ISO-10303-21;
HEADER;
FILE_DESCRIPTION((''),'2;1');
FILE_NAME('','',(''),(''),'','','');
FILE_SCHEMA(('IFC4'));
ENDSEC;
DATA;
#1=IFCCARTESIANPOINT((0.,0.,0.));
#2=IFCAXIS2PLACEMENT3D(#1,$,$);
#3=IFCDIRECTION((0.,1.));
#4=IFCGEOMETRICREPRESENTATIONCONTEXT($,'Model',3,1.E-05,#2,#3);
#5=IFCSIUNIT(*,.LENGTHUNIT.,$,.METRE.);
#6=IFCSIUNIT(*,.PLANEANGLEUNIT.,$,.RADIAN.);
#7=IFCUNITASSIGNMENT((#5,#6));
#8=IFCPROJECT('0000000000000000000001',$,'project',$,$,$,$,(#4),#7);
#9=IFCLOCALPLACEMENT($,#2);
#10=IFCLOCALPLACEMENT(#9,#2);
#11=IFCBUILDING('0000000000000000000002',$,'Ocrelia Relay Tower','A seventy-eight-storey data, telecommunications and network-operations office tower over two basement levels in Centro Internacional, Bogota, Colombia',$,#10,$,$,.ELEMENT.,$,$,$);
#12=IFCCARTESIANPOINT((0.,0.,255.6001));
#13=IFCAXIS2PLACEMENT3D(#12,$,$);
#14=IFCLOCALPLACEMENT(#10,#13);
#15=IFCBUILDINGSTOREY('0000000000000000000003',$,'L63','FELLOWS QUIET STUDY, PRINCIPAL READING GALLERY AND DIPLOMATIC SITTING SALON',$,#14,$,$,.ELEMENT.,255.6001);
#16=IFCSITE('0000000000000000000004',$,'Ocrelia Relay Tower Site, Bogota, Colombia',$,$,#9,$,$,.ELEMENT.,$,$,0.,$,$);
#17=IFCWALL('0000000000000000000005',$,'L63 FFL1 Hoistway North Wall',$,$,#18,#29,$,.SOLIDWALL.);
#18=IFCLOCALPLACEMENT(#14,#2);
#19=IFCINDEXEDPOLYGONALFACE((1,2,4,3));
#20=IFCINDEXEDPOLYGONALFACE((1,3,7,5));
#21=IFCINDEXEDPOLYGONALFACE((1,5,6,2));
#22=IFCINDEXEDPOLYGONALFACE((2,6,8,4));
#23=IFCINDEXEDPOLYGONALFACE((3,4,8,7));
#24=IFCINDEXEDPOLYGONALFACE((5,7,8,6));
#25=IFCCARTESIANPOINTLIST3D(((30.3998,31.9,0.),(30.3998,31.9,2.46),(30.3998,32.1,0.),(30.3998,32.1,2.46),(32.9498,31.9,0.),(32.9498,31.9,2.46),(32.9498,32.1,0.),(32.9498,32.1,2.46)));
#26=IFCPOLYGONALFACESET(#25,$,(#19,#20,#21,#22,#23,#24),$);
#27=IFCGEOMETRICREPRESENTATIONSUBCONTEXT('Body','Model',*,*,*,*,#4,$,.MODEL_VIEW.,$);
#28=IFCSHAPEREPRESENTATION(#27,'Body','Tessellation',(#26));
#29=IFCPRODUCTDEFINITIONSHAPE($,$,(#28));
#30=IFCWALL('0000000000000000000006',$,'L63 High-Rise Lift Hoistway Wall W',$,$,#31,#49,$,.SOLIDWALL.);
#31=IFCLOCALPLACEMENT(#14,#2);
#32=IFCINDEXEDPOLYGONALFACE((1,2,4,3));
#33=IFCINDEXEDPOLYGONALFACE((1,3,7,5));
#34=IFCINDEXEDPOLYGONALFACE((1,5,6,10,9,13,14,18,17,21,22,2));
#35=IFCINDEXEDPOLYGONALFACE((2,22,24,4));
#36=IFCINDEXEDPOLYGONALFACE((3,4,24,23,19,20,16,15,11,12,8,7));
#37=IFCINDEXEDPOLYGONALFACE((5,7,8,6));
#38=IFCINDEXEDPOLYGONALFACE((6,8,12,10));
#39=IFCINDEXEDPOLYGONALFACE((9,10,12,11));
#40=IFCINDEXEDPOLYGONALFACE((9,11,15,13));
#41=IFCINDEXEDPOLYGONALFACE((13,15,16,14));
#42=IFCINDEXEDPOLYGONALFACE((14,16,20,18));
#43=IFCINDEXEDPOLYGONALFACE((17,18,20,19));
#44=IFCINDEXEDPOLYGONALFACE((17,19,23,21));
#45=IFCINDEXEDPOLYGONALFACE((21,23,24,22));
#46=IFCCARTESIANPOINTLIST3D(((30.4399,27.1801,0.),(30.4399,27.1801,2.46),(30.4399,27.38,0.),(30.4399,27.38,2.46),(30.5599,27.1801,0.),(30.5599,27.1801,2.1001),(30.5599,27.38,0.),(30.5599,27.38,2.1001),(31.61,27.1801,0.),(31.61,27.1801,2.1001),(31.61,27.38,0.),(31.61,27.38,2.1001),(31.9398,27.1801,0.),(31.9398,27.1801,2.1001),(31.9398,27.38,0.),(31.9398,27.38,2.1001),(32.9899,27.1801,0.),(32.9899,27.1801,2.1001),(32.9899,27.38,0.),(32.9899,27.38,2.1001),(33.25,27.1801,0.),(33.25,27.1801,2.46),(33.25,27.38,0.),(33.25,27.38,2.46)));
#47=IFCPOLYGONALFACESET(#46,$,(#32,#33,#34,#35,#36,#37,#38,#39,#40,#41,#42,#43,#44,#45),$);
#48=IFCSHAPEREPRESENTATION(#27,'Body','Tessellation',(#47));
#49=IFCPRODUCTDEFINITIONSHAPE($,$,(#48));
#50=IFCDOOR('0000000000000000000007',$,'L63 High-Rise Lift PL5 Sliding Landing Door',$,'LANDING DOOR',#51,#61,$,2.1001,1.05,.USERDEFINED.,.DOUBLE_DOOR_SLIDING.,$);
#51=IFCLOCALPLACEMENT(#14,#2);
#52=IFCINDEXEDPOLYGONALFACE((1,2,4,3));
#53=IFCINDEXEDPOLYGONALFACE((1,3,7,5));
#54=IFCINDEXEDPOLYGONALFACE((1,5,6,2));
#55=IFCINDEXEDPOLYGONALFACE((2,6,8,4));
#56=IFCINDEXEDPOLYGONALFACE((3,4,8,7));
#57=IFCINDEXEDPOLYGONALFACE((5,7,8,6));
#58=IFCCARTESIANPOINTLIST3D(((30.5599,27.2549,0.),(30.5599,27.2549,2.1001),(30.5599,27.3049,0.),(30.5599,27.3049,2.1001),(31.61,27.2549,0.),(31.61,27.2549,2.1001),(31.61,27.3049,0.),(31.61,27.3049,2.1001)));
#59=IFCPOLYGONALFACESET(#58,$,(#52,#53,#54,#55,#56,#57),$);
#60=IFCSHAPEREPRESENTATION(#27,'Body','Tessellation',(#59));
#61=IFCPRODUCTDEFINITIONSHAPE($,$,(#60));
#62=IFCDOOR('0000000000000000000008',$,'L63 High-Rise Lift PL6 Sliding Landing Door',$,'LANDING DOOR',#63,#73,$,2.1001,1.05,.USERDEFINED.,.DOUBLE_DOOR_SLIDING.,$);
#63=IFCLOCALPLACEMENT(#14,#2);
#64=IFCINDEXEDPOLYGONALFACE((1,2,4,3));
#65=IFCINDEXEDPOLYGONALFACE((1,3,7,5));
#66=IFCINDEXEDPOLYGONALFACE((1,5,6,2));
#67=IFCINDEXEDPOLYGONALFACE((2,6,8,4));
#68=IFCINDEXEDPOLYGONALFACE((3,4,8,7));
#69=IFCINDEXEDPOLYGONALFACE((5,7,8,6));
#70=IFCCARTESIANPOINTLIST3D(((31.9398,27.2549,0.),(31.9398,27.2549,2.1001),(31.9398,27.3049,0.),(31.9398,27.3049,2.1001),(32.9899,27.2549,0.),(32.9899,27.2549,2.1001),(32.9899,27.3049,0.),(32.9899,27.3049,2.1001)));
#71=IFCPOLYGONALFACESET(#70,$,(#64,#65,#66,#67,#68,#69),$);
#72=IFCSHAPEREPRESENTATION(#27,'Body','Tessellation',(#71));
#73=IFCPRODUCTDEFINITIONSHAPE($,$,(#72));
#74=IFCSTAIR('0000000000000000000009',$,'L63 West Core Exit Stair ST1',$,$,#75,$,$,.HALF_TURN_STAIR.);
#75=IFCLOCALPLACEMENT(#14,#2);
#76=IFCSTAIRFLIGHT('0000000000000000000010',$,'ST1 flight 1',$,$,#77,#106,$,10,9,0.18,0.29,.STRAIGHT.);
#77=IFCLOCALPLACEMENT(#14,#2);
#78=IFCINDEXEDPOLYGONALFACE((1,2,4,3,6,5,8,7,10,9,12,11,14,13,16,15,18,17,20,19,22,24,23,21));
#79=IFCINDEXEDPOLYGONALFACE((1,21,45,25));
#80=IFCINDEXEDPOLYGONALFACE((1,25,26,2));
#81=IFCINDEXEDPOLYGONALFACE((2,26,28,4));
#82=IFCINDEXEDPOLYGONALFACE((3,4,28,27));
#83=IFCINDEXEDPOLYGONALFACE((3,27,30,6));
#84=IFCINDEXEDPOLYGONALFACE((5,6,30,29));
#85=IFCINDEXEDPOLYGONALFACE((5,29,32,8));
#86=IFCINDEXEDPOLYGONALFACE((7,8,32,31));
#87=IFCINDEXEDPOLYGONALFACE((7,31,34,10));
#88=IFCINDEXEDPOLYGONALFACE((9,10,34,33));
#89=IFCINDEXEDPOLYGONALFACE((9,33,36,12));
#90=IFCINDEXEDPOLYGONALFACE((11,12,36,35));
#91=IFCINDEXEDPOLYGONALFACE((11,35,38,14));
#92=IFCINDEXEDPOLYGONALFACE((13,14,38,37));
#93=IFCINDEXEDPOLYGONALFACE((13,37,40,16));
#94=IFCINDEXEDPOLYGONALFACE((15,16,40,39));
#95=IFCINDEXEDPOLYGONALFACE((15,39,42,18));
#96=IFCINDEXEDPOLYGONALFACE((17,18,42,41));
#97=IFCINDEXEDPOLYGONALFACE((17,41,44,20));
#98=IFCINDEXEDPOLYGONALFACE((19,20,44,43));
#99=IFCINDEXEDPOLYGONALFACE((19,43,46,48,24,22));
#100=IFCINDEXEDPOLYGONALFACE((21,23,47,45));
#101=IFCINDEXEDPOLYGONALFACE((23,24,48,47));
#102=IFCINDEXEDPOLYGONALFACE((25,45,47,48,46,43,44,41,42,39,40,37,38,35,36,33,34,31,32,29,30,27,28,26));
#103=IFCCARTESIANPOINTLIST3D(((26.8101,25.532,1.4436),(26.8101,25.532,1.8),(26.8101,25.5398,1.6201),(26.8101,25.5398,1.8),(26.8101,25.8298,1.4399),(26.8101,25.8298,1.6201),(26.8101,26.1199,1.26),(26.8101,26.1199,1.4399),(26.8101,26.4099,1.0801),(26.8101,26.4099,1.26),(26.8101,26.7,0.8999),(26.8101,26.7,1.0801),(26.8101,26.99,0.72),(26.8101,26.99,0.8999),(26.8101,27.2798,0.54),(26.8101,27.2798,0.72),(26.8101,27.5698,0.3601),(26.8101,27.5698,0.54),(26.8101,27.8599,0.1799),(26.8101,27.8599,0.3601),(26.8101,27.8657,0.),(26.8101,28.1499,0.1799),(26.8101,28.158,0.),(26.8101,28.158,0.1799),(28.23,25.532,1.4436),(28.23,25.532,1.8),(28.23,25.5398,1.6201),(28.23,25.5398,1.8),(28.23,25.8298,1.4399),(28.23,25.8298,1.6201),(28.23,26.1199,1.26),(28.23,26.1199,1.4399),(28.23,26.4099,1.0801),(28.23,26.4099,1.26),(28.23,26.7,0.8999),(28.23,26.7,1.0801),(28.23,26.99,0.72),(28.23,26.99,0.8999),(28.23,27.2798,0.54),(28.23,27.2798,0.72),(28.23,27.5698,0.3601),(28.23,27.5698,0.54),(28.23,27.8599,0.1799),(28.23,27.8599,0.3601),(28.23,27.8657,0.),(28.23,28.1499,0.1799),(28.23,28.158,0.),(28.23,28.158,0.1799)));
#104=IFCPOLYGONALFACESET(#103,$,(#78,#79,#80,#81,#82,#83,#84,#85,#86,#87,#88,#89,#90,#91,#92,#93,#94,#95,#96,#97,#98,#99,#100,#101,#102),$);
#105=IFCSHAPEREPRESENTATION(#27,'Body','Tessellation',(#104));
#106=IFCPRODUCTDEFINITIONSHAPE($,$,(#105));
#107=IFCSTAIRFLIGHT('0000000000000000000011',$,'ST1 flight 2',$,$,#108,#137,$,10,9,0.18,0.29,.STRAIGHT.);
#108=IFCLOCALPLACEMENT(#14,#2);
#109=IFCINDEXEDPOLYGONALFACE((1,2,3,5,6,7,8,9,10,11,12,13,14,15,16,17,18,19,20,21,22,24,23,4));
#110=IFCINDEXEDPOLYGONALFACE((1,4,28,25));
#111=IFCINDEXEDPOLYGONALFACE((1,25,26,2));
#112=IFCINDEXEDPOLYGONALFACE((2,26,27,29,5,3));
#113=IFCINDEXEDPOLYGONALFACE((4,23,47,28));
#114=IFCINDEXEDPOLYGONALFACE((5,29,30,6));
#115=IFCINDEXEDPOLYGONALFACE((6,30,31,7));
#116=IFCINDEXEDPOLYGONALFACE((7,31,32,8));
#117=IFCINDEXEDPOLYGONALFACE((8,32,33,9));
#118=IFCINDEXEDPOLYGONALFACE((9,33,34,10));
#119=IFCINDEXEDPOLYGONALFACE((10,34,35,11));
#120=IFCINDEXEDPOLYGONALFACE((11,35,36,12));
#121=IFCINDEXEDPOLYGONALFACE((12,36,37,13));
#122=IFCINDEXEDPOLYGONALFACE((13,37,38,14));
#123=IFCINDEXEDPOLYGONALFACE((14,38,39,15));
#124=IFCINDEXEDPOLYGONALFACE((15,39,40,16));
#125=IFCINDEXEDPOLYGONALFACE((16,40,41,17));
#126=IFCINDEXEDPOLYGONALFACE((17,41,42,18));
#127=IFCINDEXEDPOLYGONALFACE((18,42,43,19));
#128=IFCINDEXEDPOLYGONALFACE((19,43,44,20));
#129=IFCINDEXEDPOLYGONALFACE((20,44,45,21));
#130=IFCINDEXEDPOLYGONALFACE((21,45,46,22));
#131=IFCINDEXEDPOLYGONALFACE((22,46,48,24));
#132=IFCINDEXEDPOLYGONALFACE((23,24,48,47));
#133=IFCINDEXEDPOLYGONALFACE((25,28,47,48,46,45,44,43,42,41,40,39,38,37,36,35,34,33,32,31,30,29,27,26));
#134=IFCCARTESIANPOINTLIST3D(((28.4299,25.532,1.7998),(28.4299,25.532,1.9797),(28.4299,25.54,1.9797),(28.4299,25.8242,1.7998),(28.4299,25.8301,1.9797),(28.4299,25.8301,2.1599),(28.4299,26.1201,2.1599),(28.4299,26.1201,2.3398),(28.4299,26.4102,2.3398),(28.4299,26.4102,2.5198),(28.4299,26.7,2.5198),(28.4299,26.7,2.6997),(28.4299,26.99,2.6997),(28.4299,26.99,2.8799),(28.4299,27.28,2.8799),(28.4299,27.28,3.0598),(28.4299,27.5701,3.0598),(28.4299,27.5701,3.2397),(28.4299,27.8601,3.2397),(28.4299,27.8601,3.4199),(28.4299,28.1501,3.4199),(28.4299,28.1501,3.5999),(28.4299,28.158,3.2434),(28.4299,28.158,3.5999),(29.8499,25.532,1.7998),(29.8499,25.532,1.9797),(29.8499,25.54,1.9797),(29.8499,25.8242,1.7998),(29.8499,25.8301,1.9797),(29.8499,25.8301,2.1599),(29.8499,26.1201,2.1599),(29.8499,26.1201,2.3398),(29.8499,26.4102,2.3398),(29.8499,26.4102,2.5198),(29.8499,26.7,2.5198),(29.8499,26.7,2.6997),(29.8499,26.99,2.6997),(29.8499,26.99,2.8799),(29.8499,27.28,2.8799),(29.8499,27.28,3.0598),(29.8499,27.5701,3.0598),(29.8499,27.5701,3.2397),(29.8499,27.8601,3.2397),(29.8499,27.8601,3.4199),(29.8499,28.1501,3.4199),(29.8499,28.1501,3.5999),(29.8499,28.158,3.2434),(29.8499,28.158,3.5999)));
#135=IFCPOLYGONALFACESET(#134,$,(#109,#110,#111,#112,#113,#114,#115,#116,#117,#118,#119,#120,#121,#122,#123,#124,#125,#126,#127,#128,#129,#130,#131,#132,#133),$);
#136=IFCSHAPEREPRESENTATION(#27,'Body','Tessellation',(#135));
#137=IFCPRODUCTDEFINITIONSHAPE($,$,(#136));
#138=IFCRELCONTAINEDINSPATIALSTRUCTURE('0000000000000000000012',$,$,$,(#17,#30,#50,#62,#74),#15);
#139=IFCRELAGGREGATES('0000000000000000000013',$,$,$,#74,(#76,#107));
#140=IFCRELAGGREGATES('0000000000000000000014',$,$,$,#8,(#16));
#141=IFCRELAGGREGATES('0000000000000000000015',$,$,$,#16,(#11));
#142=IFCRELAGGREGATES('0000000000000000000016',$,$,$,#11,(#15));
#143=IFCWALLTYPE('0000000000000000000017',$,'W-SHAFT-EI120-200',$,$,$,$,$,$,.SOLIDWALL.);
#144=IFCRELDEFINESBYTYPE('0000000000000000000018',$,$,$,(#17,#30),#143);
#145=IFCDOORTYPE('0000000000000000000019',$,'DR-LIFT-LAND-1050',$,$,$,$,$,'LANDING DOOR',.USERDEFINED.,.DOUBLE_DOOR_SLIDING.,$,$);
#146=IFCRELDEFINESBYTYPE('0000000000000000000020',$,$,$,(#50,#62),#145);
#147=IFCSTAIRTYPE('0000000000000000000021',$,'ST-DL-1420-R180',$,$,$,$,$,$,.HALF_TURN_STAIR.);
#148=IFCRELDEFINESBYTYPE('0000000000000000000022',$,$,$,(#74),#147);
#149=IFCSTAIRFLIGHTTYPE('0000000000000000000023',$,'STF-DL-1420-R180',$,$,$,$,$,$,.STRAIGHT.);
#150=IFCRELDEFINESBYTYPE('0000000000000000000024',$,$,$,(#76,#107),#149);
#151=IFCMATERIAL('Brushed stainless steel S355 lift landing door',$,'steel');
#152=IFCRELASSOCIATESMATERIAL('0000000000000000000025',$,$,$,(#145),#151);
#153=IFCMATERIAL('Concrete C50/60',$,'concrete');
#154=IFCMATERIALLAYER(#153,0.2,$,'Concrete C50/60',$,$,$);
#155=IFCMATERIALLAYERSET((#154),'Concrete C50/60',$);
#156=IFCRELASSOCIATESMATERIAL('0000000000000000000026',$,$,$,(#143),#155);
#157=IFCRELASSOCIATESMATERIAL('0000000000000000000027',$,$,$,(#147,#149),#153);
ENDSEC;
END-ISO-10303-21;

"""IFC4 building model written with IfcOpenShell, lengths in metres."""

from ifc_helpers import new_model, si_unit, direction, frame, frame_2d, origin, place, context, subcontext, project, spatial, polyline, rectangle, outline, extrude, material, layer, layer_set, type_object, element, fill, aggregate, save


model = new_model("IFC4")

# Units and contexts
model_context = context("Model", 3, precision=1e-05, world=origin(), true_north=direction((0.0, 1.0)))
body_context = subcontext(model_context, "Body", "Model", "MODEL_VIEW")
ifc_project = project(units=[si_unit("LENGTHUNIT", "METRE"), si_unit("PLANEANGLEUNIT", "RADIAN")], contexts=[model_context])

# Site, building, storey
site_placement = place(None, origin())
site = spatial("IfcSite", under=ifc_project, at=site_placement, Name="Ocrelia Relay Tower Site, Bogota, Colombia", CompositionType="ELEMENT", RefElevation=0.0)
building_placement = place(site_placement, origin())
building = spatial("IfcBuilding", under=site, at=building_placement, Name="Ocrelia Relay Tower", Description="A seventy-eight-storey data, telecommunications and network-operations office tower over two basement levels in Centro Internacional, Bogota, Colombia", CompositionType="ELEMENT")
storey_placement = place(building_placement, frame((0.0, 0.0, 255.6001)))
storey = spatial("IfcBuildingStorey", under=building, at=storey_placement, Name="L63", Description="FELLOWS QUIET STUDY, PRINCIPAL READING GALLERY AND DIPLOMATIC SITTING SALON", CompositionType="ELEMENT", Elevation=255.6001)

# Shared definitions
ifc_material_1 = material(Name="Concrete C50/60", Category="concrete")

# Shared definitions
ifc_material_2 = material(Name="Brushed stainless steel S355 lift landing door", Category="steel")
door_type_1 = type_object("IfcDoorType", Name="DR-LIFT-LAND-1050", ElementType="LANDING DOOR", OperationType="DOUBLE_DOOR_SLIDING", PredefinedType="USERDEFINED", material=ifc_material_2)

# Wall
ifc_layer_1 = layer(ifc_material_1, 0.2, Name="Concrete C50/60")
ifc_layer_set_1 = layer_set([ifc_layer_1], Name="Concrete C50/60")
wall_type_1 = type_object("IfcWallType", Name="W-SHAFT-EI120-200", PredefinedType="SOLIDWALL", material=ifc_layer_set_1)
wall_1_placement = place(storey_placement, frame((30.3999, 32.0, 0.0), z_axis=(0.0, 0.0, 1.0), x_axis=(1.0, 0.0, 0.0)))
element("IfcWall", 1, at=wall_1_placement, inside=storey, type_object=wall_type_1, Name="L63 FFL1 Hoistway North Wall", PredefinedType="SOLIDWALL", context=body_context, shape_type="SweptSolid", body=[
    extrude(rectangle(XDim=2.55, YDim=0.2, at=frame_2d((1.2749, 0.0))), origin(), (0.0, 0.0, 1.0), 2.46),
])

# Wall, openings, doors
wall_2_placement = place(storey_placement, frame((30.4399, 27.28, 0.0), z_axis=(0.0, 0.0, 1.0), x_axis=(1.0, 0.0, 0.0)))
wall_2 = element("IfcWall", 2, at=wall_2_placement, inside=storey, type_object=wall_type_1, Name="L63 High-Rise Lift Hoistway Wall W", PredefinedType="SOLIDWALL", context=body_context, shape_type="SweptSolid", body=[
    extrude(rectangle(XDim=2.8101, YDim=0.2, at=frame_2d((1.405, 0.0))), origin(), (0.0, 0.0, 1.0), 2.46),
])
opening_1_placement = place(wall_2_placement, frame((0.1201, 0.0, 0.0)))
opening_1 = element("IfcOpeningElement", 3, at=opening_1_placement, cuts=wall_2, PredefinedType="OPENING", context=body_context, shape_type="SweptSolid", body=[
    extrude(rectangle(XDim=1.05, YDim=2.1001, at=frame_2d((0.5249, 1.05))), frame((0.0, 0.1099, 0.0), z_axis=(0.0, -1.0, 0.0), x_axis=(1.0, 0.0, 0.0)), (0.0, 0.0, 1.0), 0.22),
])
opening_2_placement = place(wall_2_placement, frame((1.5, 0.0, 0.0)))
opening_2 = element("IfcOpeningElement", 4, at=opening_2_placement, cuts=wall_2, PredefinedType="OPENING", context=body_context, shape_type="SweptSolid", body=[
    extrude(rectangle(XDim=1.05, YDim=2.1001, at=frame_2d((0.5249, 1.05))), frame((0.0, 0.1099, 0.0), z_axis=(0.0, -1.0, 0.0), x_axis=(1.0, 0.0, 0.0)), (0.0, 0.0, 1.0), 0.22),
])
door_1_placement = place(opening_1_placement, origin())
door_1 = element("IfcDoor", 5, at=door_1_placement, inside=storey, type_object=door_type_1, Name="L63 High-Rise Lift PL5 Sliding Landing Door", ObjectType="LANDING DOOR", OperationType="DOUBLE_DOOR_SLIDING", OverallHeight=2.1001, OverallWidth=1.05, PredefinedType="USERDEFINED", context=body_context, shape_type="SweptSolid", body=[
    extrude(rectangle(XDim=1.05, YDim=2.1001, at=frame_2d((0.5249, 1.05))), frame((0.0, 0.0249, 0.0), z_axis=(0.0, -1.0, 0.0), x_axis=(1.0, 0.0, 0.0)), (0.0, 0.0, 1.0), 0.05),
])
fill(opening_1, door_1)
door_2_placement = place(opening_2_placement, origin())
door_2 = element("IfcDoor", 6, at=door_2_placement, inside=storey, type_object=door_type_1, Name="L63 High-Rise Lift PL6 Sliding Landing Door", ObjectType="LANDING DOOR", OperationType="DOUBLE_DOOR_SLIDING", OverallHeight=2.1001, OverallWidth=1.05, PredefinedType="USERDEFINED", context=body_context, shape_type="SweptSolid", body=[
    extrude(rectangle(XDim=1.05, YDim=2.1001, at=frame_2d((0.5249, 1.05))), frame((0.0, 0.0249, 0.0), z_axis=(0.0, -1.0, 0.0), x_axis=(1.0, 0.0, 0.0)), (0.0, 0.0, 1.0), 0.05),
])
fill(opening_2, door_2)

# Stair, stair flights
stair_type = type_object("IfcStairType", Name="ST-DL-1420-R180", PredefinedType="HALF_TURN_STAIR", material=ifc_material_1)
stair_placement = place(storey_placement, origin())
stair = element("IfcStair", 7, at=stair_placement, inside=storey, type_object=stair_type, Name="L63 West Core Exit Stair ST1", PredefinedType="HALF_TURN_STAIR")
stair_flight_type = type_object("IfcStairFlightType", Name="STF-DL-1420-R180", PredefinedType="STRAIGHT", material=ifc_material_1)
stair_flight_1_placement = place(storey_placement, frame((27.52, 28.1499, 0.0), z_axis=(0.0, 0.0, 1.0), x_axis=(0.0, -1.0, 0.0)))
stair_flight_1 = element("IfcStairFlight", 8, at=stair_flight_1_placement, type_object=stair_flight_type, Name="ST1 flight 1", NumberOfRisers=10, NumberOfTreads=9, PredefinedType="STRAIGHT", RiserHeight=0.18, TreadLength=0.29, context=body_context, shape_type="SweptSolid", body=[
    extrude(outline(polyline([(-0.0081, 0.0), (-0.0081, 0.1799), (0.0, 0.1799), (0.29, 0.1799), (0.29, 0.3601), (0.5801, 0.3601), (0.5801, 0.54), (0.8701, 0.54), (0.8701, 0.72), (1.1599, 0.72), (1.1599, 0.8999), (1.45, 0.8999), (1.45, 1.0801), (1.74, 1.0801), (1.74, 1.26), (2.03, 1.26), (2.03, 1.4399), (2.3201, 1.4399), (2.3201, 1.6201), (2.6101, 1.6201), (2.6101, 1.8), (2.6179, 1.8), (2.6179, 1.4436), (0.2842, 0.0), (-0.0081, 0.0)])), frame((0.0, 0.71, 0.0), z_axis=(0.0, -1.0, 0.0), x_axis=(1.0, 0.0, 0.0)), (0.0, 0.0, 1.0), 1.4199),
])
stair_flight_2_placement = place(storey_placement, frame((29.1399, 25.54, 1.7998), z_axis=(0.0, 0.0, 1.0), x_axis=(0.0, 1.0, 0.0)))
stair_flight_2 = element("IfcStairFlight", 9, at=stair_flight_2_placement, type_object=stair_flight_type, Name="ST1 flight 2", NumberOfRisers=10, NumberOfTreads=9, PredefinedType="STRAIGHT", RiserHeight=0.18, TreadLength=0.29, context=body_context, shape_type="SweptSolid", body=[
    extrude(outline(polyline([(-0.0081, 0.0), (-0.0081, 0.1799), (0.0, 0.1799), (0.29, 0.1799), (0.29, 0.3601), (0.5801, 0.3601), (0.5801, 0.54), (0.8701, 0.54), (0.8701, 0.72), (1.1599, 0.72), (1.1599, 0.8999), (1.45, 0.8999), (1.45, 1.0801), (1.74, 1.0801), (1.74, 1.26), (2.03, 1.26), (2.03, 1.4399), (2.3201, 1.4399), (2.3201, 1.6201), (2.6101, 1.6201), (2.6101, 1.8), (2.6179, 1.8), (2.6179, 1.4436), (0.2842, 0.0), (-0.0081, 0.0)])), frame((0.0, 0.71, 0.0), z_axis=(0.0, -1.0, 0.0), x_axis=(1.0, 0.0, 0.0)), (0.0, 0.0, 1.0), 1.4199),
])
aggregate(stair, [stair_flight_1, stair_flight_2])

save(model, "model.ifc")
